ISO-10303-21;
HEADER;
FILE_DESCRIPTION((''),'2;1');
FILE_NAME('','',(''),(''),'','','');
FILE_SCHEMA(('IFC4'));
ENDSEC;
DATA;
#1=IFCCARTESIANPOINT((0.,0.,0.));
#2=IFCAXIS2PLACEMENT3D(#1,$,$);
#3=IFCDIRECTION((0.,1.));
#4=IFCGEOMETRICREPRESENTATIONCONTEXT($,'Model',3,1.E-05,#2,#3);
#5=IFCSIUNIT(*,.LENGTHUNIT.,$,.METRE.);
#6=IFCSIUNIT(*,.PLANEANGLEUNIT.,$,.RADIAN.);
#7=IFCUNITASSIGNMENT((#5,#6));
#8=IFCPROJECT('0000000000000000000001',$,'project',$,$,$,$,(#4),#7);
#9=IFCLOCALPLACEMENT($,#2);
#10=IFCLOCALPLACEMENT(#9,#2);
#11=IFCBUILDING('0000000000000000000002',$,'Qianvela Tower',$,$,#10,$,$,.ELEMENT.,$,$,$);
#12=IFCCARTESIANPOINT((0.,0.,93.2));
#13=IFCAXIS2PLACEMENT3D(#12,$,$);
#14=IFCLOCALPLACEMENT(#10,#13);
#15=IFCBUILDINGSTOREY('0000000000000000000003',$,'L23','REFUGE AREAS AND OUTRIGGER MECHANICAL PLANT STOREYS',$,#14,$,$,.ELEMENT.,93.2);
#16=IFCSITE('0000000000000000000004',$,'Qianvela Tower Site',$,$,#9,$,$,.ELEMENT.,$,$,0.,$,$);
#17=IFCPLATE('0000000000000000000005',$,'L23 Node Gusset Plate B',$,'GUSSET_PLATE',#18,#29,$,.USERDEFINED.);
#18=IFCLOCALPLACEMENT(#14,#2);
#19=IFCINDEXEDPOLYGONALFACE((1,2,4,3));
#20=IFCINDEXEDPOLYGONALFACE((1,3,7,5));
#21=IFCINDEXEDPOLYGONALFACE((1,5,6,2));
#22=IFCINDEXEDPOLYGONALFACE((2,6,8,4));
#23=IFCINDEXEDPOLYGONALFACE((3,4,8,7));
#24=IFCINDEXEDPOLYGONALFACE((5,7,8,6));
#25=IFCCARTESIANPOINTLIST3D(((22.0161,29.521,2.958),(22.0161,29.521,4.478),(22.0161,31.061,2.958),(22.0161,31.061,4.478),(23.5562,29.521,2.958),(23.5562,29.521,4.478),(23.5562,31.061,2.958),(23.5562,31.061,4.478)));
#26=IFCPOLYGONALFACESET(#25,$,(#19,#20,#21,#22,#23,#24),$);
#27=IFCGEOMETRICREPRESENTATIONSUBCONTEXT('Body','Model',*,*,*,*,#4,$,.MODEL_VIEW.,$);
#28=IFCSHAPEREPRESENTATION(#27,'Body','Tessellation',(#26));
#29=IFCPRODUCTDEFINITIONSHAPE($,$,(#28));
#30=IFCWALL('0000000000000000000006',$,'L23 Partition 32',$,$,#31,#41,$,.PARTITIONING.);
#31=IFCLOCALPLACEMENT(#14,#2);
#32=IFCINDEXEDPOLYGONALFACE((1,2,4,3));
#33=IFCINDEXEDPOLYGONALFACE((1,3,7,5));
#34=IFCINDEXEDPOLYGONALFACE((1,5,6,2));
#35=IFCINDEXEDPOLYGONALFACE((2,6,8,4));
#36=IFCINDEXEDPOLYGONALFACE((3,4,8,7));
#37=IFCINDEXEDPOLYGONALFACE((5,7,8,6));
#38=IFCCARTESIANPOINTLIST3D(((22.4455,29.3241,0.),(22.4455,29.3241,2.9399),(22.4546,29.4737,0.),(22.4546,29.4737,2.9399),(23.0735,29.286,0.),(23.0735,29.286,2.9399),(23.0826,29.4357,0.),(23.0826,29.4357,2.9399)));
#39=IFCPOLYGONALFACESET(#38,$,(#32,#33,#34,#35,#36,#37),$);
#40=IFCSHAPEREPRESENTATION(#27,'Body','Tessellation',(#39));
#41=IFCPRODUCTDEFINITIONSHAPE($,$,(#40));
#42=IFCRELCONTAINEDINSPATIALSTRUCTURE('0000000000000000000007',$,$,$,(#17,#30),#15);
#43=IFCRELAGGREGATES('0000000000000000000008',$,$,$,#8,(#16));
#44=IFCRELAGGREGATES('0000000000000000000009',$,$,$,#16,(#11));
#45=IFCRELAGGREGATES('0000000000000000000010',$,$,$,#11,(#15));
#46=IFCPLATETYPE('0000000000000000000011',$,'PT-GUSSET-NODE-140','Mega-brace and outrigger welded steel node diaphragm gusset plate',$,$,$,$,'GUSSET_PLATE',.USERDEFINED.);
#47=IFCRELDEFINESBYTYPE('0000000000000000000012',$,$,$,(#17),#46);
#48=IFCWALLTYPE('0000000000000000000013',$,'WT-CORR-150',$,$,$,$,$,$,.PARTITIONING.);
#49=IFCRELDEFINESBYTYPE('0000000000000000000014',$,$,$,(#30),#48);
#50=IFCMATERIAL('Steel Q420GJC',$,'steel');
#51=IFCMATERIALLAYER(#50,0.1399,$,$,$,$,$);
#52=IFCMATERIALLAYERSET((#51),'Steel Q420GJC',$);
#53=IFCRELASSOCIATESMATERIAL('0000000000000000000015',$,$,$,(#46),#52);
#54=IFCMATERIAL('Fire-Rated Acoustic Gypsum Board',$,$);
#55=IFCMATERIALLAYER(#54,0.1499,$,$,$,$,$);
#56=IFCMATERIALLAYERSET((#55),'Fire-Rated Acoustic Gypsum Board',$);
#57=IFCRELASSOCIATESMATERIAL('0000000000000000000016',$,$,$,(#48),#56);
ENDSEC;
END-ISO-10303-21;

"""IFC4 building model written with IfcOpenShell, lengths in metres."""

from ifc_helpers import new_model, si_unit, direction, frame, frame_2d, origin, origin_2d, place, context, subcontext, project, spatial, rectangle, extrude, material, layer, layer_set, type_object, element, save


model = new_model("IFC4")

# Units and contexts
model_context = context("Model", 3, precision=1e-05, world=origin(), true_north=direction((0.0, 1.0)))
body_context = subcontext(model_context, "Body", "Model", "MODEL_VIEW")
ifc_project = project(units=[si_unit("LENGTHUNIT", "METRE"), si_unit("PLANEANGLEUNIT", "RADIAN")], contexts=[model_context])

# Site, building, storey
site_placement = place(None, origin())
site = spatial("IfcSite", under=ifc_project, at=site_placement, Name="Qianvela Tower Site", CompositionType="ELEMENT", RefElevation=0.0)
building_placement = place(site_placement, origin())
building = spatial("IfcBuilding", under=site, at=building_placement, Name="Qianvela Tower", CompositionType="ELEMENT")
storey_placement = place(building_placement, frame((0.0, 0.0, 93.2)))
storey = spatial("IfcBuildingStorey", under=building, at=storey_placement, Name="L23", Description="REFUGE AREAS AND OUTRIGGER MECHANICAL PLANT STOREYS", CompositionType="ELEMENT", Elevation=93.2)

# Plate
ifc_material_1 = material(Name="Steel Q420GJC", Category="steel")
ifc_layer_1 = layer(ifc_material_1, 0.1399)
ifc_layer_set_1 = layer_set([ifc_layer_1], Name="Steel Q420GJC")
plate_type_1 = type_object("IfcPlateType", Name="PT-GUSSET-NODE-140", Description="Mega-brace and outrigger welded steel node diaphragm gusset plate", ElementType="GUSSET_PLATE", PredefinedType="USERDEFINED", material=ifc_layer_set_1)
plate_1_placement = place(storey_placement, frame((22.7861, 30.291, 2.958), z_axis=(0.0, 0.0, 1.0), x_axis=(1.0, 0.0, 0.0)))
element("IfcPlate", 1, at=plate_1_placement, inside=storey, type_object=plate_type_1, Name="L23 Node Gusset Plate B", ObjectType="GUSSET_PLATE", PredefinedType="USERDEFINED", context=body_context, shape_type="SweptSolid", body=[
    extrude(rectangle(XDim=1.54, YDim=1.54, at=origin_2d()), origin(), (0.0, 0.0, 1.0), 1.52),
])

# Wall
ifc_material_2 = material(Name="Fire-Rated Acoustic Gypsum Board")
ifc_layer_2 = layer(ifc_material_2, 0.1499)
ifc_layer_set_2 = layer_set([ifc_layer_2], Name="Fire-Rated Acoustic Gypsum Board")
wall_type = type_object("IfcWallType", Name="WT-CORR-150", PredefinedType="PARTITIONING", material=ifc_layer_set_2)
wall_placement = place(storey_placement, frame((22.4502, 29.3989, 0.0), z_axis=(0.0, 0.0, 1.0), x_axis=(0.998166, -0.060542, 0.0)))
element("IfcWall", 2, at=wall_placement, inside=storey, type_object=wall_type, Name="L23 Partition 32", PredefinedType="PARTITIONING", context=body_context, shape_type="SweptSolid", body=[
    extrude(rectangle(XDim=0.6292, YDim=0.1499, at=frame_2d((0.3145, 0.0))), origin(), (0.0, 0.0, 1.0), 2.9399),
])

save(model, "model.ifc")
